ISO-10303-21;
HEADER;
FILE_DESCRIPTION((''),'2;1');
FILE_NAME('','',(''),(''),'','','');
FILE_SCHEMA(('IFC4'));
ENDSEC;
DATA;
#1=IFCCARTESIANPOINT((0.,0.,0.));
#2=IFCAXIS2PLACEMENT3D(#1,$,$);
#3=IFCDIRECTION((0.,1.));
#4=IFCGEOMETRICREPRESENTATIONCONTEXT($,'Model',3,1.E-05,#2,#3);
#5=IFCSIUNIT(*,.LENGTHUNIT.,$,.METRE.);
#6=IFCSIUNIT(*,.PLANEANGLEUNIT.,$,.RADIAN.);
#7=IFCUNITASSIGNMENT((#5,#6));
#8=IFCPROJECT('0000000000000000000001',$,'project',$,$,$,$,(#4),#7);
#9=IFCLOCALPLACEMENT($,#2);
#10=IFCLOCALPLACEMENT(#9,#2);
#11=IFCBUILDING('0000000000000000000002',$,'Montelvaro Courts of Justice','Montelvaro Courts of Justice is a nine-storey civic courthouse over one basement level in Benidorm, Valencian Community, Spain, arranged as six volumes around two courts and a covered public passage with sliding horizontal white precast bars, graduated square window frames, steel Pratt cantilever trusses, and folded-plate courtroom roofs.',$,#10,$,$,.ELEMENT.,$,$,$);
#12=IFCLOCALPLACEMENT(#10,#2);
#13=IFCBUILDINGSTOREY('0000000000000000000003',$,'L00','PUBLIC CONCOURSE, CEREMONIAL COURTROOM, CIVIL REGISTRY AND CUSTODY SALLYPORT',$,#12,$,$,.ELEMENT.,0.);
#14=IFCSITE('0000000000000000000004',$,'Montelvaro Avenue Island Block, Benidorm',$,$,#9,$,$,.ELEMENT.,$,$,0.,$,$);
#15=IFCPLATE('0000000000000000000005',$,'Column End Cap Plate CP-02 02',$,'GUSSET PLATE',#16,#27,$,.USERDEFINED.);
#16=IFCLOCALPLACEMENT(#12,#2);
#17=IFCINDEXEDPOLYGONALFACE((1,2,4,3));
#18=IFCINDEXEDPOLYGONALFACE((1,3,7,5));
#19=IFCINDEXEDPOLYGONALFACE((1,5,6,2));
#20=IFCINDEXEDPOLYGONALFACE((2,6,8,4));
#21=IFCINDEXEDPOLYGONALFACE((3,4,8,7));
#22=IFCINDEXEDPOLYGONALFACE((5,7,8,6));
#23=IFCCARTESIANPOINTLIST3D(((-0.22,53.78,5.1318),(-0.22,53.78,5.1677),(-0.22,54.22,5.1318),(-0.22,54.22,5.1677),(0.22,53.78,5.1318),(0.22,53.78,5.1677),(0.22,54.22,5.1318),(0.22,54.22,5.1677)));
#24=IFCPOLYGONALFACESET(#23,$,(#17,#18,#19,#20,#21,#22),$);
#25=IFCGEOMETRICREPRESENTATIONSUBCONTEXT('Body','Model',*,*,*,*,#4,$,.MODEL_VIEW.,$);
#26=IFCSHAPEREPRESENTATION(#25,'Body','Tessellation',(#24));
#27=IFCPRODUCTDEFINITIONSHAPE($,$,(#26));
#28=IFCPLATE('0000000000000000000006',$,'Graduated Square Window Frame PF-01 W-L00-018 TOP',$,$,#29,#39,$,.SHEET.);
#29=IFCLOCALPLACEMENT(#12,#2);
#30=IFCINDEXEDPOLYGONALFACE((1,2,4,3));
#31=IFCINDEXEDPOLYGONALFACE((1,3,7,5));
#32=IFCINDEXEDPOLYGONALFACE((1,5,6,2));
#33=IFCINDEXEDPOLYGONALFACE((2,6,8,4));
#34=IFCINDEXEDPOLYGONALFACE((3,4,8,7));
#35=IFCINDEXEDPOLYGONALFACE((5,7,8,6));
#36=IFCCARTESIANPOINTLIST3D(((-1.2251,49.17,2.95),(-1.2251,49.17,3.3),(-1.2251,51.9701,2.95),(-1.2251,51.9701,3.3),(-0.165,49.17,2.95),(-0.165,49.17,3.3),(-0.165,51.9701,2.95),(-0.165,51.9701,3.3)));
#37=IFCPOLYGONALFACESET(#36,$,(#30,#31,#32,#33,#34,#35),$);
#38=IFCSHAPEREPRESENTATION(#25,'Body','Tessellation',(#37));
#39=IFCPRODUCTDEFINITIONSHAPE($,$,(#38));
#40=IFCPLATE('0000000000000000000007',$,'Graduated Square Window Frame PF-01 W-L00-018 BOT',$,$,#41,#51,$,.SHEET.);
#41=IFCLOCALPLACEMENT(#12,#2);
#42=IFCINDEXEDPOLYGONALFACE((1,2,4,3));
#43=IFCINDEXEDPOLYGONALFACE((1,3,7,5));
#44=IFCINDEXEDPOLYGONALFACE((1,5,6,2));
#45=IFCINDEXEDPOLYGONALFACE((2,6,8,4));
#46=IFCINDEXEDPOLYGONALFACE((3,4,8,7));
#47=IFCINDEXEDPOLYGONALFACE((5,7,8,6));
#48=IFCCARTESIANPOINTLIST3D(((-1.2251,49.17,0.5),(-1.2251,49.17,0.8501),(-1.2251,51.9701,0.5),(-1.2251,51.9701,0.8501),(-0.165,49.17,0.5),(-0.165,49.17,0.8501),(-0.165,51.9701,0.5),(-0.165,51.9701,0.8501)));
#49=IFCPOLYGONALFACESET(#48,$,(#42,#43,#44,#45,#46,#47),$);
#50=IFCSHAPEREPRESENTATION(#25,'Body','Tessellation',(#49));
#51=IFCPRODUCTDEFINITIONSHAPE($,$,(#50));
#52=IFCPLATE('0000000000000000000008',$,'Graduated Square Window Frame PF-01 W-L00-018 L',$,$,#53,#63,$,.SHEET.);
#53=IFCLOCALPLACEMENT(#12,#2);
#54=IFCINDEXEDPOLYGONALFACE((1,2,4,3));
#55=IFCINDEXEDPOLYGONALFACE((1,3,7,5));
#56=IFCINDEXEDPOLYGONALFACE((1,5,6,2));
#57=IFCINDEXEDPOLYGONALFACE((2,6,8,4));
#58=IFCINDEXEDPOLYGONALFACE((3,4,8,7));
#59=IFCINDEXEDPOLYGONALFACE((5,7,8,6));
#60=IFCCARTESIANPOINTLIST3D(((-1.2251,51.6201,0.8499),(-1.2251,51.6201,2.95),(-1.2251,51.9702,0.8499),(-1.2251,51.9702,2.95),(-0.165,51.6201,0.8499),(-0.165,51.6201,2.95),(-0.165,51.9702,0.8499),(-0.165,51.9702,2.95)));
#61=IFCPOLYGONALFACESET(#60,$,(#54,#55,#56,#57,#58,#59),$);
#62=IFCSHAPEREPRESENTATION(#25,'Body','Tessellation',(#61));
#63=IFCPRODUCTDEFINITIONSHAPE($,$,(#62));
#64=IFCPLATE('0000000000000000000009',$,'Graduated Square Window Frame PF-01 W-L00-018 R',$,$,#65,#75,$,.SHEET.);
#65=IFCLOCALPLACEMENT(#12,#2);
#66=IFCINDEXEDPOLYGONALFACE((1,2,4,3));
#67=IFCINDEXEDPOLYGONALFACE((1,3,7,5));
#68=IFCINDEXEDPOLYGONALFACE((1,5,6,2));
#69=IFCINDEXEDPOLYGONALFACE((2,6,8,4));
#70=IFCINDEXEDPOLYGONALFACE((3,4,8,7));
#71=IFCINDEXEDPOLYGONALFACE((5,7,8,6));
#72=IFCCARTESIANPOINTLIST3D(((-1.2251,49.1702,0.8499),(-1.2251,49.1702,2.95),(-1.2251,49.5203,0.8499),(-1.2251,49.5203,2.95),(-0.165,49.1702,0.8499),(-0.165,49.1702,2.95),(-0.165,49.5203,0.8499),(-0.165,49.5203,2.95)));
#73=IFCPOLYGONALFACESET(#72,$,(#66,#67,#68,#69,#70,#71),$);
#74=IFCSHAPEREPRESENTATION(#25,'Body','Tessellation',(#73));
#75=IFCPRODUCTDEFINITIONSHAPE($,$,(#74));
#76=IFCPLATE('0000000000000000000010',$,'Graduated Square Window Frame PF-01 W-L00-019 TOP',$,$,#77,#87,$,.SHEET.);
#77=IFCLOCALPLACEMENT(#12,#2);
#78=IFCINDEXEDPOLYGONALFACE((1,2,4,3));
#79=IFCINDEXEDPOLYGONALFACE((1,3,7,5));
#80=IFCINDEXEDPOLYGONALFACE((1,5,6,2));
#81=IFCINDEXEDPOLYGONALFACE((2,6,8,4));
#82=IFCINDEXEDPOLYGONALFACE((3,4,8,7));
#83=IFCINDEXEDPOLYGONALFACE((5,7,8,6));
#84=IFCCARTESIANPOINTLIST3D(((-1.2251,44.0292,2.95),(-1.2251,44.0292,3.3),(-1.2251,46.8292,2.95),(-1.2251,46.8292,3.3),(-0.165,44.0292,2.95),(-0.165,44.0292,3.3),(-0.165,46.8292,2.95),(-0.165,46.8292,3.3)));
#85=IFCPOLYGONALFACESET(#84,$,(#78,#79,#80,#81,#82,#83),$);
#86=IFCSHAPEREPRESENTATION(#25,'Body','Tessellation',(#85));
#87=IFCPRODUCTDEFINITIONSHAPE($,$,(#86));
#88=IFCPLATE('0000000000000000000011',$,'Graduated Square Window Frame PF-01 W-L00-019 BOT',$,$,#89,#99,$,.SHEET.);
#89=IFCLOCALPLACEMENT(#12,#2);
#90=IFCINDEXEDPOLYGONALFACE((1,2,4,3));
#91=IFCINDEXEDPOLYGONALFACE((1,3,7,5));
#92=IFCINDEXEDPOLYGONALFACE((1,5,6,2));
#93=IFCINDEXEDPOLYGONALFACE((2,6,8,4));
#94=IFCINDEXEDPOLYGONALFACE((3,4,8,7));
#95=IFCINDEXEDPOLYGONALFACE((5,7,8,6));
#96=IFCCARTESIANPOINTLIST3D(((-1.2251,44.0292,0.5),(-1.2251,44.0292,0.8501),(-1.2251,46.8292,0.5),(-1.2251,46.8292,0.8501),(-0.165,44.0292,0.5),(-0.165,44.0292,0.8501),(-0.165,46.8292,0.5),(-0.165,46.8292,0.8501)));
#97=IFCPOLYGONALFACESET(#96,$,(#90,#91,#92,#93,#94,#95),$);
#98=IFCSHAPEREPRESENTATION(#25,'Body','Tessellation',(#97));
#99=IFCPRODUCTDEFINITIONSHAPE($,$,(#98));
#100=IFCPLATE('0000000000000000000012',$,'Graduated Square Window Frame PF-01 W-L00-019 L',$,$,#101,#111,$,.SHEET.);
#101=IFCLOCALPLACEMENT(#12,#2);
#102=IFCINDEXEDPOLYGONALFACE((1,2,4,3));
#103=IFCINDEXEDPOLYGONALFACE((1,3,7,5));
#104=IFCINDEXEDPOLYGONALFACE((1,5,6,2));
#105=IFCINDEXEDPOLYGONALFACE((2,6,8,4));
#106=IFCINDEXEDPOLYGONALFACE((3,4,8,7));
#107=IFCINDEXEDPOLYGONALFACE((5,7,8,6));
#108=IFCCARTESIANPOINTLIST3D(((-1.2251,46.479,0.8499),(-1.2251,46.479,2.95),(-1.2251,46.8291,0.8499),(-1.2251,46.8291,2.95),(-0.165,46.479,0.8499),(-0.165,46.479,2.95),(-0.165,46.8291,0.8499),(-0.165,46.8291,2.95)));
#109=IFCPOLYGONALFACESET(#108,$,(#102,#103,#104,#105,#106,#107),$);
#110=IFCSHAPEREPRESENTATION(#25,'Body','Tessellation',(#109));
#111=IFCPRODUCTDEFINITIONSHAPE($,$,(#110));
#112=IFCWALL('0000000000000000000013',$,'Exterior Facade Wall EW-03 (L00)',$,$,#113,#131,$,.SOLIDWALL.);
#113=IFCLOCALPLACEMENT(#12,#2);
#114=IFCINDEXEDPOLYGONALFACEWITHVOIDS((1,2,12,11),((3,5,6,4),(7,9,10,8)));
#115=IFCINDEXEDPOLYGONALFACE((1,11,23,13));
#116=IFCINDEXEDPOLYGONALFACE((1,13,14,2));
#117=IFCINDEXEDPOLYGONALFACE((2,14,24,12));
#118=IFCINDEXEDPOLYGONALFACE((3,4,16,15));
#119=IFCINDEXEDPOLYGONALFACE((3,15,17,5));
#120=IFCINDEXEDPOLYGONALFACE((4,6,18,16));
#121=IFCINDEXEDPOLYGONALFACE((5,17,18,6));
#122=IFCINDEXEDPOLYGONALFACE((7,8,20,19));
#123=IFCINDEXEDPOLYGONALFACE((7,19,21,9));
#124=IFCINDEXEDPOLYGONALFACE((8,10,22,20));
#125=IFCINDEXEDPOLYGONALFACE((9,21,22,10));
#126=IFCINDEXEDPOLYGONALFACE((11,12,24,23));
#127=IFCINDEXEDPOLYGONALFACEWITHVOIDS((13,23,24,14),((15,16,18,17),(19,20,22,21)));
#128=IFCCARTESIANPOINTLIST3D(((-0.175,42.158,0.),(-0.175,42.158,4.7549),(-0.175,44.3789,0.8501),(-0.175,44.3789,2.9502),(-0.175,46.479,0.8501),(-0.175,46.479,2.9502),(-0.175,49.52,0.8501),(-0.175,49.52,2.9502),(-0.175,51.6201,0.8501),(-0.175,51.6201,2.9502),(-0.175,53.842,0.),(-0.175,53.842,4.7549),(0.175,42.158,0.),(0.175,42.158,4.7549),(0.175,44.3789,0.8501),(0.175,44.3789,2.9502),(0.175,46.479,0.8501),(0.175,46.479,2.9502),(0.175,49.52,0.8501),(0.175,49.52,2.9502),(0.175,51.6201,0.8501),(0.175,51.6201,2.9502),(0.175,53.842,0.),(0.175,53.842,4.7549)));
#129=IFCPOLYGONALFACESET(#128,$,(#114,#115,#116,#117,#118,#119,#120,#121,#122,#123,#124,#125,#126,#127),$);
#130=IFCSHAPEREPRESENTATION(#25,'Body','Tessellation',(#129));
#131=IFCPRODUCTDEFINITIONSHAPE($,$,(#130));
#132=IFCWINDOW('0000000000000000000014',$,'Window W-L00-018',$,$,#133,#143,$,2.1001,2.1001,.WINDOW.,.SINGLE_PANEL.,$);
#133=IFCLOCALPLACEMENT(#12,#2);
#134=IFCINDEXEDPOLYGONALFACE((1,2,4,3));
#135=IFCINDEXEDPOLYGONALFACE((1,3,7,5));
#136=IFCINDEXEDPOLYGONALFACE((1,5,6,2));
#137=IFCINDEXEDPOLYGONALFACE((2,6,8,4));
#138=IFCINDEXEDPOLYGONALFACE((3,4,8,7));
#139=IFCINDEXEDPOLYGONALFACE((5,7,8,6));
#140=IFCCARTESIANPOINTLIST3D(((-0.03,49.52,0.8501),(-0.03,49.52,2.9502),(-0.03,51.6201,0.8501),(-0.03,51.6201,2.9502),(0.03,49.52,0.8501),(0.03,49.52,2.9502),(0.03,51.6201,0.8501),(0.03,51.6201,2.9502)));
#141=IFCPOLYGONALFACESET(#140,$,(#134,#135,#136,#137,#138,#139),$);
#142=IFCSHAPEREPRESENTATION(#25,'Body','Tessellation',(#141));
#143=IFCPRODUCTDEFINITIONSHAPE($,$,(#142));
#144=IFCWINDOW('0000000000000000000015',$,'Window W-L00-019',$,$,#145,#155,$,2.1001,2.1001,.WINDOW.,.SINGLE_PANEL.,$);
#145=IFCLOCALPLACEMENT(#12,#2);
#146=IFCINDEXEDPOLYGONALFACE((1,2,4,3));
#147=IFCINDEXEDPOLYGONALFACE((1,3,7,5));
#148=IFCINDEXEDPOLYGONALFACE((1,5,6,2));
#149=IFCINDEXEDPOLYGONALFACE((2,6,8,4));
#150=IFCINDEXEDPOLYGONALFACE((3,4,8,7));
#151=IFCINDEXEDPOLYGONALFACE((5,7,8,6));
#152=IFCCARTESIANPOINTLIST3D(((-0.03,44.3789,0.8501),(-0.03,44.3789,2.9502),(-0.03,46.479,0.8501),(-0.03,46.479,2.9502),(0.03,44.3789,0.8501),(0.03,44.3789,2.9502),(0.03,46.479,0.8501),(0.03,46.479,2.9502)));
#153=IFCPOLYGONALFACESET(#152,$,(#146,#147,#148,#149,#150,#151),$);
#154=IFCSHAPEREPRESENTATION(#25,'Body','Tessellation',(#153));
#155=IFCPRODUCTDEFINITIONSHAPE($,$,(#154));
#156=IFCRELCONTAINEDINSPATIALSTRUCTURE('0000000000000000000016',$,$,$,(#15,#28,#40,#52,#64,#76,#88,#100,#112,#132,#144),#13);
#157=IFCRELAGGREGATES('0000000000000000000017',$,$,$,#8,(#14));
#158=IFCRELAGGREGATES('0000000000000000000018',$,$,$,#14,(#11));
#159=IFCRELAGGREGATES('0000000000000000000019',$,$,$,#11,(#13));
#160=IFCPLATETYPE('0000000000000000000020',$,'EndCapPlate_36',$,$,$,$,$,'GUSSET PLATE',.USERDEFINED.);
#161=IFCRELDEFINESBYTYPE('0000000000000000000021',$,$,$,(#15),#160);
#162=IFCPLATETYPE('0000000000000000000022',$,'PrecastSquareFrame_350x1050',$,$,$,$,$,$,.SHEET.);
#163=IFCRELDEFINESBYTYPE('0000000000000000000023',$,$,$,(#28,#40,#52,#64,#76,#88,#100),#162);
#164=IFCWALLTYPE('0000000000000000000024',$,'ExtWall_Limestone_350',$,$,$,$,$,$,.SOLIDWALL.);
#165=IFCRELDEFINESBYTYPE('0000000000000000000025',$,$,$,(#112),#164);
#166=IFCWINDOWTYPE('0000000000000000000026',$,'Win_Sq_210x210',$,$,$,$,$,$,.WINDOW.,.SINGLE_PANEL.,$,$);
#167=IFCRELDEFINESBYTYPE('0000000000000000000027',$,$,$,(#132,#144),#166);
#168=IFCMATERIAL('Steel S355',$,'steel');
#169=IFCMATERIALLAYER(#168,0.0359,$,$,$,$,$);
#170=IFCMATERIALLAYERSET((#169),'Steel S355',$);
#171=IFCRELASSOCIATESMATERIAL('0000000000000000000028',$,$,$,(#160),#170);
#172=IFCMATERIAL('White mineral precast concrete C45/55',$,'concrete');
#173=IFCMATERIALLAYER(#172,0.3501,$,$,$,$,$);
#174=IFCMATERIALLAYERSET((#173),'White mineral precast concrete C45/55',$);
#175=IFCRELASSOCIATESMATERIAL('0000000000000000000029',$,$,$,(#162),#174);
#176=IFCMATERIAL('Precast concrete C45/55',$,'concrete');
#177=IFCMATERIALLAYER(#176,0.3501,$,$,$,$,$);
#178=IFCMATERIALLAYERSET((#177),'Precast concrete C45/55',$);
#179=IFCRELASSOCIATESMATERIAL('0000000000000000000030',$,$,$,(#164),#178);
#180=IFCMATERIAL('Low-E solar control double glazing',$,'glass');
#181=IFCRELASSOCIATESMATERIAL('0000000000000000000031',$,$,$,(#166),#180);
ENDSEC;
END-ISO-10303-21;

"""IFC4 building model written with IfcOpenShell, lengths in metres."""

from ifc_helpers import new_model, si_unit, direction, frame, frame_2d, origin, origin_2d, place, context, subcontext, project, spatial, rectangle, extrude, material, layer, layer_set, type_object, element, fill, save


model = new_model("IFC4")

# Units and contexts
model_context = context("Model", 3, precision=1e-05, world=origin(), true_north=direction((0.0, 1.0)))
body_context = subcontext(model_context, "Body", "Model", "MODEL_VIEW")
ifc_project = project(units=[si_unit("LENGTHUNIT", "METRE"), si_unit("PLANEANGLEUNIT", "RADIAN")], contexts=[model_context])

# Site, building, storey
site_placement = place(None, origin())
site = spatial("IfcSite", under=ifc_project, at=site_placement, Name="Montelvaro Avenue Island Block, Benidorm", CompositionType="ELEMENT", RefElevation=0.0)
building_placement = place(site_placement, origin())
building = spatial("IfcBuilding", under=site, at=building_placement, Name="Montelvaro Courts of Justice", Description="Montelvaro Courts of Justice is a nine-storey civic courthouse over one basement level in Benidorm, Valencian Community, Spain, arranged as six volumes around two courts and a covered public passage with sliding horizontal white precast bars, graduated square window frames, steel Pratt cantilever trusses, and folded-plate courtroom roofs.", CompositionType="ELEMENT")
storey_placement = place(building_placement, origin())
storey = spatial("IfcBuildingStorey", under=building, at=storey_placement, Name="L00", Description="PUBLIC CONCOURSE, CEREMONIAL COURTROOM, CIVIL REGISTRY AND CUSTODY SALLYPORT", CompositionType="ELEMENT", Elevation=0.0)

# Shared definitions
ifc_material_1 = material(Name="Steel S355", Category="steel")

# Plates
ifc_layer_1 = layer(ifc_material_1, 0.0359)
ifc_layer_set_1 = layer_set([ifc_layer_1], Name="Steel S355")
plate_type_1 = type_object("IfcPlateType", Name="EndCapPlate_36", ElementType="GUSSET PLATE", PredefinedType="USERDEFINED", material=ifc_layer_set_1)
plate_1_placement = place(storey_placement, frame((0.0, 54.0, 5.1318), z_axis=(0.0, 0.0, 1.0), x_axis=(1.0, 0.0, 0.0)))
element("IfcPlate", 1, at=plate_1_placement, inside=storey, type_object=plate_type_1, Name="Column End Cap Plate CP-02 02", ObjectType="GUSSET PLATE", PredefinedType="USERDEFINED", context=body_context, shape_type="SweptSolid", body=[
    extrude(rectangle(XDim=0.4399, YDim=0.4399, at=origin_2d()), origin(), (0.0, 0.0, 1.0), 0.0359),
])
ifc_material_2 = material(Name="White mineral precast concrete C45/55", Category="concrete")
ifc_layer_2 = layer(ifc_material_2, 0.3501)
ifc_layer_set_2 = layer_set([ifc_layer_2], Name="White mineral precast concrete C45/55")
plate_type_2 = type_object("IfcPlateType", Name="PrecastSquareFrame_350x1050", PredefinedType="SHEET", material=ifc_layer_set_2)
for number, where, z_axis, x_axis, name in (
    (2, (-0.6951, 50.5701, 2.95), (0.0, 0.0, 1.0), (0.0, -1.0, 0.0), "Graduated Square Window Frame PF-01 W-L00-018 TOP"),
    (3, (-0.6951, 50.5701, 0.5), (0.0, 0.0, 1.0), (0.0, -1.0, 0.0), "Graduated Square Window Frame PF-01 W-L00-018 BOT"),
):
    element("IfcPlate", number, at=place(storey_placement, frame(where, z_axis=z_axis, x_axis=x_axis)), inside=storey, type_object=plate_type_2, Name=name, PredefinedType="SHEET", context=body_context, shape_type="SweptSolid", body=[
        extrude(rectangle(XDim=2.8, YDim=1.0601, at=origin_2d()), origin(), (0.0, 0.0, 1.0), 0.3501),
    ])
for number, where, z_axis, x_axis, name in (
    (4, (-0.6951, 51.7952, 0.8499), (0.0, 0.0, 1.0), (0.0, -1.0, 0.0), "Graduated Square Window Frame PF-01 W-L00-018 L"),
    (5, (-0.6951, 49.3452, 0.8499), (0.0, 0.0, 1.0), (0.0, -1.0, 0.0), "Graduated Square Window Frame PF-01 W-L00-018 R"),
):
    element("IfcPlate", number, at=place(storey_placement, frame(where, z_axis=z_axis, x_axis=x_axis)), inside=storey, type_object=plate_type_2, Name=name, PredefinedType="SHEET", context=body_context, shape_type="SweptSolid", body=[
        extrude(rectangle(XDim=0.3501, YDim=1.0601, at=origin_2d()), origin(), (0.0, 0.0, 1.0), 2.1001),
    ])
for number, where, z_axis, x_axis, name in (
    (6, (-0.6951, 45.4292, 2.95), (0.0, 0.0, 1.0), (0.0, -1.0, 0.0), "Graduated Square Window Frame PF-01 W-L00-019 TOP"),
    (7, (-0.6951, 45.4292, 0.5), (0.0, 0.0, 1.0), (0.0, -1.0, 0.0), "Graduated Square Window Frame PF-01 W-L00-019 BOT"),
):
    element("IfcPlate", number, at=place(storey_placement, frame(where, z_axis=z_axis, x_axis=x_axis)), inside=storey, type_object=plate_type_2, Name=name, PredefinedType="SHEET", context=body_context, shape_type="SweptSolid", body=[
        extrude(rectangle(XDim=2.8, YDim=1.0601, at=origin_2d()), origin(), (0.0, 0.0, 1.0), 0.3501),
    ])
plate_2_placement = place(storey_placement, frame((-0.6951, 46.6541, 0.8499), z_axis=(0.0, 0.0, 1.0), x_axis=(0.0, -1.0, 0.0)))
element("IfcPlate", 8, at=plate_2_placement, inside=storey, type_object=plate_type_2, Name="Graduated Square Window Frame PF-01 W-L00-019 L", PredefinedType="SHEET", context=body_context, shape_type="SweptSolid", body=[
    extrude(rectangle(XDim=0.3501, YDim=1.0601, at=origin_2d()), origin(), (0.0, 0.0, 1.0), 2.1001),
])

# Wall, openings, windows
ifc_material_3 = material(Name="Precast concrete C45/55", Category="concrete")
ifc_layer_3 = layer(ifc_material_3, 0.3501)
ifc_layer_set_3 = layer_set([ifc_layer_3], Name="Precast concrete C45/55")
wall_type = type_object("IfcWallType", Name="ExtWall_Limestone_350", PredefinedType="SOLIDWALL", material=ifc_layer_set_3)
wall_placement = place(storey_placement, frame((0.0, 53.842, 0.0), z_axis=(0.0, 0.0, 1.0), x_axis=(0.0, -1.0, 0.0)))
wall = element("IfcWall", 9, at=wall_placement, inside=storey, type_object=wall_type, Name="Exterior Facade Wall EW-03 (L00)", PredefinedType="SOLIDWALL", context=body_context, shape_type="SweptSolid", body=[
    extrude(rectangle(XDim=11.6841, YDim=0.3501, at=frame_2d((5.842, 0.0))), origin(), (0.0, 0.0, 1.0), 4.7549),
])
opening_1_placement = place(wall_placement, frame((2.2219, 0.0, 0.8501)))
opening_1 = element("IfcOpeningElement", 10, at=opening_1_placement, cuts=wall, PredefinedType="OPENING", context=body_context, shape_type="SweptSolid", body=[
    extrude(rectangle(XDim=2.1001, YDim=2.1001, at=frame_2d((1.05, 1.05))), frame((0.0, 0.1899, 0.0), z_axis=(0.0, -1.0, 0.0), x_axis=(1.0, 0.0, 0.0)), (0.0, 0.0, 1.0), 0.3799),
])
opening_2_placement = place(wall_placement, frame((7.363, 0.0, 0.8501)))
opening_2 = element("IfcOpeningElement", 11, at=opening_2_placement, cuts=wall, PredefinedType="OPENING", context=body_context, shape_type="SweptSolid", body=[
    extrude(rectangle(XDim=2.1001, YDim=2.1001, at=frame_2d((1.05, 1.05))), frame((0.0, 0.1899, 0.0), z_axis=(0.0, -1.0, 0.0), x_axis=(1.0, 0.0, 0.0)), (0.0, 0.0, 1.0), 0.3799),
])
ifc_material_4 = material(Name="Low-E solar control double glazing", Category="glass")
window_type = type_object("IfcWindowType", Name="Win_Sq_210x210", PartitioningType="SINGLE_PANEL", PredefinedType="WINDOW", material=ifc_material_4)
window_1_placement = place(opening_1_placement, origin())
window_1 = element("IfcWindow", 12, at=window_1_placement, inside=storey, type_object=window_type, Name="Window W-L00-018", OverallHeight=2.1001, OverallWidth=2.1001, PartitioningType="SINGLE_PANEL", PredefinedType="WINDOW", context=body_context, shape_type="SweptSolid", body=[
    extrude(rectangle(XDim=2.1001, YDim=2.1001, at=frame_2d((1.05, 1.05))), frame((0.0, 0.03, 0.0), z_axis=(0.0, -1.0, 0.0), x_axis=(1.0, 0.0, 0.0)), (0.0, 0.0, 1.0), 0.0601),
])
fill(opening_1, window_1)
window_2_placement = place(opening_2_placement, origin())
window_2 = element("IfcWindow", 13, at=window_2_placement, inside=storey, type_object=window_type, Name="Window W-L00-019", OverallHeight=2.1001, OverallWidth=2.1001, PartitioningType="SINGLE_PANEL", PredefinedType="WINDOW", context=body_context, shape_type="SweptSolid", body=[
    extrude(rectangle(XDim=2.1001, YDim=2.1001, at=frame_2d((1.05, 1.05))), frame((0.0, 0.03, 0.0), z_axis=(0.0, -1.0, 0.0), x_axis=(1.0, 0.0, 0.0)), (0.0, 0.0, 1.0), 0.0601),
])
fill(opening_2, window_2)

save(model, "model.ifc")
